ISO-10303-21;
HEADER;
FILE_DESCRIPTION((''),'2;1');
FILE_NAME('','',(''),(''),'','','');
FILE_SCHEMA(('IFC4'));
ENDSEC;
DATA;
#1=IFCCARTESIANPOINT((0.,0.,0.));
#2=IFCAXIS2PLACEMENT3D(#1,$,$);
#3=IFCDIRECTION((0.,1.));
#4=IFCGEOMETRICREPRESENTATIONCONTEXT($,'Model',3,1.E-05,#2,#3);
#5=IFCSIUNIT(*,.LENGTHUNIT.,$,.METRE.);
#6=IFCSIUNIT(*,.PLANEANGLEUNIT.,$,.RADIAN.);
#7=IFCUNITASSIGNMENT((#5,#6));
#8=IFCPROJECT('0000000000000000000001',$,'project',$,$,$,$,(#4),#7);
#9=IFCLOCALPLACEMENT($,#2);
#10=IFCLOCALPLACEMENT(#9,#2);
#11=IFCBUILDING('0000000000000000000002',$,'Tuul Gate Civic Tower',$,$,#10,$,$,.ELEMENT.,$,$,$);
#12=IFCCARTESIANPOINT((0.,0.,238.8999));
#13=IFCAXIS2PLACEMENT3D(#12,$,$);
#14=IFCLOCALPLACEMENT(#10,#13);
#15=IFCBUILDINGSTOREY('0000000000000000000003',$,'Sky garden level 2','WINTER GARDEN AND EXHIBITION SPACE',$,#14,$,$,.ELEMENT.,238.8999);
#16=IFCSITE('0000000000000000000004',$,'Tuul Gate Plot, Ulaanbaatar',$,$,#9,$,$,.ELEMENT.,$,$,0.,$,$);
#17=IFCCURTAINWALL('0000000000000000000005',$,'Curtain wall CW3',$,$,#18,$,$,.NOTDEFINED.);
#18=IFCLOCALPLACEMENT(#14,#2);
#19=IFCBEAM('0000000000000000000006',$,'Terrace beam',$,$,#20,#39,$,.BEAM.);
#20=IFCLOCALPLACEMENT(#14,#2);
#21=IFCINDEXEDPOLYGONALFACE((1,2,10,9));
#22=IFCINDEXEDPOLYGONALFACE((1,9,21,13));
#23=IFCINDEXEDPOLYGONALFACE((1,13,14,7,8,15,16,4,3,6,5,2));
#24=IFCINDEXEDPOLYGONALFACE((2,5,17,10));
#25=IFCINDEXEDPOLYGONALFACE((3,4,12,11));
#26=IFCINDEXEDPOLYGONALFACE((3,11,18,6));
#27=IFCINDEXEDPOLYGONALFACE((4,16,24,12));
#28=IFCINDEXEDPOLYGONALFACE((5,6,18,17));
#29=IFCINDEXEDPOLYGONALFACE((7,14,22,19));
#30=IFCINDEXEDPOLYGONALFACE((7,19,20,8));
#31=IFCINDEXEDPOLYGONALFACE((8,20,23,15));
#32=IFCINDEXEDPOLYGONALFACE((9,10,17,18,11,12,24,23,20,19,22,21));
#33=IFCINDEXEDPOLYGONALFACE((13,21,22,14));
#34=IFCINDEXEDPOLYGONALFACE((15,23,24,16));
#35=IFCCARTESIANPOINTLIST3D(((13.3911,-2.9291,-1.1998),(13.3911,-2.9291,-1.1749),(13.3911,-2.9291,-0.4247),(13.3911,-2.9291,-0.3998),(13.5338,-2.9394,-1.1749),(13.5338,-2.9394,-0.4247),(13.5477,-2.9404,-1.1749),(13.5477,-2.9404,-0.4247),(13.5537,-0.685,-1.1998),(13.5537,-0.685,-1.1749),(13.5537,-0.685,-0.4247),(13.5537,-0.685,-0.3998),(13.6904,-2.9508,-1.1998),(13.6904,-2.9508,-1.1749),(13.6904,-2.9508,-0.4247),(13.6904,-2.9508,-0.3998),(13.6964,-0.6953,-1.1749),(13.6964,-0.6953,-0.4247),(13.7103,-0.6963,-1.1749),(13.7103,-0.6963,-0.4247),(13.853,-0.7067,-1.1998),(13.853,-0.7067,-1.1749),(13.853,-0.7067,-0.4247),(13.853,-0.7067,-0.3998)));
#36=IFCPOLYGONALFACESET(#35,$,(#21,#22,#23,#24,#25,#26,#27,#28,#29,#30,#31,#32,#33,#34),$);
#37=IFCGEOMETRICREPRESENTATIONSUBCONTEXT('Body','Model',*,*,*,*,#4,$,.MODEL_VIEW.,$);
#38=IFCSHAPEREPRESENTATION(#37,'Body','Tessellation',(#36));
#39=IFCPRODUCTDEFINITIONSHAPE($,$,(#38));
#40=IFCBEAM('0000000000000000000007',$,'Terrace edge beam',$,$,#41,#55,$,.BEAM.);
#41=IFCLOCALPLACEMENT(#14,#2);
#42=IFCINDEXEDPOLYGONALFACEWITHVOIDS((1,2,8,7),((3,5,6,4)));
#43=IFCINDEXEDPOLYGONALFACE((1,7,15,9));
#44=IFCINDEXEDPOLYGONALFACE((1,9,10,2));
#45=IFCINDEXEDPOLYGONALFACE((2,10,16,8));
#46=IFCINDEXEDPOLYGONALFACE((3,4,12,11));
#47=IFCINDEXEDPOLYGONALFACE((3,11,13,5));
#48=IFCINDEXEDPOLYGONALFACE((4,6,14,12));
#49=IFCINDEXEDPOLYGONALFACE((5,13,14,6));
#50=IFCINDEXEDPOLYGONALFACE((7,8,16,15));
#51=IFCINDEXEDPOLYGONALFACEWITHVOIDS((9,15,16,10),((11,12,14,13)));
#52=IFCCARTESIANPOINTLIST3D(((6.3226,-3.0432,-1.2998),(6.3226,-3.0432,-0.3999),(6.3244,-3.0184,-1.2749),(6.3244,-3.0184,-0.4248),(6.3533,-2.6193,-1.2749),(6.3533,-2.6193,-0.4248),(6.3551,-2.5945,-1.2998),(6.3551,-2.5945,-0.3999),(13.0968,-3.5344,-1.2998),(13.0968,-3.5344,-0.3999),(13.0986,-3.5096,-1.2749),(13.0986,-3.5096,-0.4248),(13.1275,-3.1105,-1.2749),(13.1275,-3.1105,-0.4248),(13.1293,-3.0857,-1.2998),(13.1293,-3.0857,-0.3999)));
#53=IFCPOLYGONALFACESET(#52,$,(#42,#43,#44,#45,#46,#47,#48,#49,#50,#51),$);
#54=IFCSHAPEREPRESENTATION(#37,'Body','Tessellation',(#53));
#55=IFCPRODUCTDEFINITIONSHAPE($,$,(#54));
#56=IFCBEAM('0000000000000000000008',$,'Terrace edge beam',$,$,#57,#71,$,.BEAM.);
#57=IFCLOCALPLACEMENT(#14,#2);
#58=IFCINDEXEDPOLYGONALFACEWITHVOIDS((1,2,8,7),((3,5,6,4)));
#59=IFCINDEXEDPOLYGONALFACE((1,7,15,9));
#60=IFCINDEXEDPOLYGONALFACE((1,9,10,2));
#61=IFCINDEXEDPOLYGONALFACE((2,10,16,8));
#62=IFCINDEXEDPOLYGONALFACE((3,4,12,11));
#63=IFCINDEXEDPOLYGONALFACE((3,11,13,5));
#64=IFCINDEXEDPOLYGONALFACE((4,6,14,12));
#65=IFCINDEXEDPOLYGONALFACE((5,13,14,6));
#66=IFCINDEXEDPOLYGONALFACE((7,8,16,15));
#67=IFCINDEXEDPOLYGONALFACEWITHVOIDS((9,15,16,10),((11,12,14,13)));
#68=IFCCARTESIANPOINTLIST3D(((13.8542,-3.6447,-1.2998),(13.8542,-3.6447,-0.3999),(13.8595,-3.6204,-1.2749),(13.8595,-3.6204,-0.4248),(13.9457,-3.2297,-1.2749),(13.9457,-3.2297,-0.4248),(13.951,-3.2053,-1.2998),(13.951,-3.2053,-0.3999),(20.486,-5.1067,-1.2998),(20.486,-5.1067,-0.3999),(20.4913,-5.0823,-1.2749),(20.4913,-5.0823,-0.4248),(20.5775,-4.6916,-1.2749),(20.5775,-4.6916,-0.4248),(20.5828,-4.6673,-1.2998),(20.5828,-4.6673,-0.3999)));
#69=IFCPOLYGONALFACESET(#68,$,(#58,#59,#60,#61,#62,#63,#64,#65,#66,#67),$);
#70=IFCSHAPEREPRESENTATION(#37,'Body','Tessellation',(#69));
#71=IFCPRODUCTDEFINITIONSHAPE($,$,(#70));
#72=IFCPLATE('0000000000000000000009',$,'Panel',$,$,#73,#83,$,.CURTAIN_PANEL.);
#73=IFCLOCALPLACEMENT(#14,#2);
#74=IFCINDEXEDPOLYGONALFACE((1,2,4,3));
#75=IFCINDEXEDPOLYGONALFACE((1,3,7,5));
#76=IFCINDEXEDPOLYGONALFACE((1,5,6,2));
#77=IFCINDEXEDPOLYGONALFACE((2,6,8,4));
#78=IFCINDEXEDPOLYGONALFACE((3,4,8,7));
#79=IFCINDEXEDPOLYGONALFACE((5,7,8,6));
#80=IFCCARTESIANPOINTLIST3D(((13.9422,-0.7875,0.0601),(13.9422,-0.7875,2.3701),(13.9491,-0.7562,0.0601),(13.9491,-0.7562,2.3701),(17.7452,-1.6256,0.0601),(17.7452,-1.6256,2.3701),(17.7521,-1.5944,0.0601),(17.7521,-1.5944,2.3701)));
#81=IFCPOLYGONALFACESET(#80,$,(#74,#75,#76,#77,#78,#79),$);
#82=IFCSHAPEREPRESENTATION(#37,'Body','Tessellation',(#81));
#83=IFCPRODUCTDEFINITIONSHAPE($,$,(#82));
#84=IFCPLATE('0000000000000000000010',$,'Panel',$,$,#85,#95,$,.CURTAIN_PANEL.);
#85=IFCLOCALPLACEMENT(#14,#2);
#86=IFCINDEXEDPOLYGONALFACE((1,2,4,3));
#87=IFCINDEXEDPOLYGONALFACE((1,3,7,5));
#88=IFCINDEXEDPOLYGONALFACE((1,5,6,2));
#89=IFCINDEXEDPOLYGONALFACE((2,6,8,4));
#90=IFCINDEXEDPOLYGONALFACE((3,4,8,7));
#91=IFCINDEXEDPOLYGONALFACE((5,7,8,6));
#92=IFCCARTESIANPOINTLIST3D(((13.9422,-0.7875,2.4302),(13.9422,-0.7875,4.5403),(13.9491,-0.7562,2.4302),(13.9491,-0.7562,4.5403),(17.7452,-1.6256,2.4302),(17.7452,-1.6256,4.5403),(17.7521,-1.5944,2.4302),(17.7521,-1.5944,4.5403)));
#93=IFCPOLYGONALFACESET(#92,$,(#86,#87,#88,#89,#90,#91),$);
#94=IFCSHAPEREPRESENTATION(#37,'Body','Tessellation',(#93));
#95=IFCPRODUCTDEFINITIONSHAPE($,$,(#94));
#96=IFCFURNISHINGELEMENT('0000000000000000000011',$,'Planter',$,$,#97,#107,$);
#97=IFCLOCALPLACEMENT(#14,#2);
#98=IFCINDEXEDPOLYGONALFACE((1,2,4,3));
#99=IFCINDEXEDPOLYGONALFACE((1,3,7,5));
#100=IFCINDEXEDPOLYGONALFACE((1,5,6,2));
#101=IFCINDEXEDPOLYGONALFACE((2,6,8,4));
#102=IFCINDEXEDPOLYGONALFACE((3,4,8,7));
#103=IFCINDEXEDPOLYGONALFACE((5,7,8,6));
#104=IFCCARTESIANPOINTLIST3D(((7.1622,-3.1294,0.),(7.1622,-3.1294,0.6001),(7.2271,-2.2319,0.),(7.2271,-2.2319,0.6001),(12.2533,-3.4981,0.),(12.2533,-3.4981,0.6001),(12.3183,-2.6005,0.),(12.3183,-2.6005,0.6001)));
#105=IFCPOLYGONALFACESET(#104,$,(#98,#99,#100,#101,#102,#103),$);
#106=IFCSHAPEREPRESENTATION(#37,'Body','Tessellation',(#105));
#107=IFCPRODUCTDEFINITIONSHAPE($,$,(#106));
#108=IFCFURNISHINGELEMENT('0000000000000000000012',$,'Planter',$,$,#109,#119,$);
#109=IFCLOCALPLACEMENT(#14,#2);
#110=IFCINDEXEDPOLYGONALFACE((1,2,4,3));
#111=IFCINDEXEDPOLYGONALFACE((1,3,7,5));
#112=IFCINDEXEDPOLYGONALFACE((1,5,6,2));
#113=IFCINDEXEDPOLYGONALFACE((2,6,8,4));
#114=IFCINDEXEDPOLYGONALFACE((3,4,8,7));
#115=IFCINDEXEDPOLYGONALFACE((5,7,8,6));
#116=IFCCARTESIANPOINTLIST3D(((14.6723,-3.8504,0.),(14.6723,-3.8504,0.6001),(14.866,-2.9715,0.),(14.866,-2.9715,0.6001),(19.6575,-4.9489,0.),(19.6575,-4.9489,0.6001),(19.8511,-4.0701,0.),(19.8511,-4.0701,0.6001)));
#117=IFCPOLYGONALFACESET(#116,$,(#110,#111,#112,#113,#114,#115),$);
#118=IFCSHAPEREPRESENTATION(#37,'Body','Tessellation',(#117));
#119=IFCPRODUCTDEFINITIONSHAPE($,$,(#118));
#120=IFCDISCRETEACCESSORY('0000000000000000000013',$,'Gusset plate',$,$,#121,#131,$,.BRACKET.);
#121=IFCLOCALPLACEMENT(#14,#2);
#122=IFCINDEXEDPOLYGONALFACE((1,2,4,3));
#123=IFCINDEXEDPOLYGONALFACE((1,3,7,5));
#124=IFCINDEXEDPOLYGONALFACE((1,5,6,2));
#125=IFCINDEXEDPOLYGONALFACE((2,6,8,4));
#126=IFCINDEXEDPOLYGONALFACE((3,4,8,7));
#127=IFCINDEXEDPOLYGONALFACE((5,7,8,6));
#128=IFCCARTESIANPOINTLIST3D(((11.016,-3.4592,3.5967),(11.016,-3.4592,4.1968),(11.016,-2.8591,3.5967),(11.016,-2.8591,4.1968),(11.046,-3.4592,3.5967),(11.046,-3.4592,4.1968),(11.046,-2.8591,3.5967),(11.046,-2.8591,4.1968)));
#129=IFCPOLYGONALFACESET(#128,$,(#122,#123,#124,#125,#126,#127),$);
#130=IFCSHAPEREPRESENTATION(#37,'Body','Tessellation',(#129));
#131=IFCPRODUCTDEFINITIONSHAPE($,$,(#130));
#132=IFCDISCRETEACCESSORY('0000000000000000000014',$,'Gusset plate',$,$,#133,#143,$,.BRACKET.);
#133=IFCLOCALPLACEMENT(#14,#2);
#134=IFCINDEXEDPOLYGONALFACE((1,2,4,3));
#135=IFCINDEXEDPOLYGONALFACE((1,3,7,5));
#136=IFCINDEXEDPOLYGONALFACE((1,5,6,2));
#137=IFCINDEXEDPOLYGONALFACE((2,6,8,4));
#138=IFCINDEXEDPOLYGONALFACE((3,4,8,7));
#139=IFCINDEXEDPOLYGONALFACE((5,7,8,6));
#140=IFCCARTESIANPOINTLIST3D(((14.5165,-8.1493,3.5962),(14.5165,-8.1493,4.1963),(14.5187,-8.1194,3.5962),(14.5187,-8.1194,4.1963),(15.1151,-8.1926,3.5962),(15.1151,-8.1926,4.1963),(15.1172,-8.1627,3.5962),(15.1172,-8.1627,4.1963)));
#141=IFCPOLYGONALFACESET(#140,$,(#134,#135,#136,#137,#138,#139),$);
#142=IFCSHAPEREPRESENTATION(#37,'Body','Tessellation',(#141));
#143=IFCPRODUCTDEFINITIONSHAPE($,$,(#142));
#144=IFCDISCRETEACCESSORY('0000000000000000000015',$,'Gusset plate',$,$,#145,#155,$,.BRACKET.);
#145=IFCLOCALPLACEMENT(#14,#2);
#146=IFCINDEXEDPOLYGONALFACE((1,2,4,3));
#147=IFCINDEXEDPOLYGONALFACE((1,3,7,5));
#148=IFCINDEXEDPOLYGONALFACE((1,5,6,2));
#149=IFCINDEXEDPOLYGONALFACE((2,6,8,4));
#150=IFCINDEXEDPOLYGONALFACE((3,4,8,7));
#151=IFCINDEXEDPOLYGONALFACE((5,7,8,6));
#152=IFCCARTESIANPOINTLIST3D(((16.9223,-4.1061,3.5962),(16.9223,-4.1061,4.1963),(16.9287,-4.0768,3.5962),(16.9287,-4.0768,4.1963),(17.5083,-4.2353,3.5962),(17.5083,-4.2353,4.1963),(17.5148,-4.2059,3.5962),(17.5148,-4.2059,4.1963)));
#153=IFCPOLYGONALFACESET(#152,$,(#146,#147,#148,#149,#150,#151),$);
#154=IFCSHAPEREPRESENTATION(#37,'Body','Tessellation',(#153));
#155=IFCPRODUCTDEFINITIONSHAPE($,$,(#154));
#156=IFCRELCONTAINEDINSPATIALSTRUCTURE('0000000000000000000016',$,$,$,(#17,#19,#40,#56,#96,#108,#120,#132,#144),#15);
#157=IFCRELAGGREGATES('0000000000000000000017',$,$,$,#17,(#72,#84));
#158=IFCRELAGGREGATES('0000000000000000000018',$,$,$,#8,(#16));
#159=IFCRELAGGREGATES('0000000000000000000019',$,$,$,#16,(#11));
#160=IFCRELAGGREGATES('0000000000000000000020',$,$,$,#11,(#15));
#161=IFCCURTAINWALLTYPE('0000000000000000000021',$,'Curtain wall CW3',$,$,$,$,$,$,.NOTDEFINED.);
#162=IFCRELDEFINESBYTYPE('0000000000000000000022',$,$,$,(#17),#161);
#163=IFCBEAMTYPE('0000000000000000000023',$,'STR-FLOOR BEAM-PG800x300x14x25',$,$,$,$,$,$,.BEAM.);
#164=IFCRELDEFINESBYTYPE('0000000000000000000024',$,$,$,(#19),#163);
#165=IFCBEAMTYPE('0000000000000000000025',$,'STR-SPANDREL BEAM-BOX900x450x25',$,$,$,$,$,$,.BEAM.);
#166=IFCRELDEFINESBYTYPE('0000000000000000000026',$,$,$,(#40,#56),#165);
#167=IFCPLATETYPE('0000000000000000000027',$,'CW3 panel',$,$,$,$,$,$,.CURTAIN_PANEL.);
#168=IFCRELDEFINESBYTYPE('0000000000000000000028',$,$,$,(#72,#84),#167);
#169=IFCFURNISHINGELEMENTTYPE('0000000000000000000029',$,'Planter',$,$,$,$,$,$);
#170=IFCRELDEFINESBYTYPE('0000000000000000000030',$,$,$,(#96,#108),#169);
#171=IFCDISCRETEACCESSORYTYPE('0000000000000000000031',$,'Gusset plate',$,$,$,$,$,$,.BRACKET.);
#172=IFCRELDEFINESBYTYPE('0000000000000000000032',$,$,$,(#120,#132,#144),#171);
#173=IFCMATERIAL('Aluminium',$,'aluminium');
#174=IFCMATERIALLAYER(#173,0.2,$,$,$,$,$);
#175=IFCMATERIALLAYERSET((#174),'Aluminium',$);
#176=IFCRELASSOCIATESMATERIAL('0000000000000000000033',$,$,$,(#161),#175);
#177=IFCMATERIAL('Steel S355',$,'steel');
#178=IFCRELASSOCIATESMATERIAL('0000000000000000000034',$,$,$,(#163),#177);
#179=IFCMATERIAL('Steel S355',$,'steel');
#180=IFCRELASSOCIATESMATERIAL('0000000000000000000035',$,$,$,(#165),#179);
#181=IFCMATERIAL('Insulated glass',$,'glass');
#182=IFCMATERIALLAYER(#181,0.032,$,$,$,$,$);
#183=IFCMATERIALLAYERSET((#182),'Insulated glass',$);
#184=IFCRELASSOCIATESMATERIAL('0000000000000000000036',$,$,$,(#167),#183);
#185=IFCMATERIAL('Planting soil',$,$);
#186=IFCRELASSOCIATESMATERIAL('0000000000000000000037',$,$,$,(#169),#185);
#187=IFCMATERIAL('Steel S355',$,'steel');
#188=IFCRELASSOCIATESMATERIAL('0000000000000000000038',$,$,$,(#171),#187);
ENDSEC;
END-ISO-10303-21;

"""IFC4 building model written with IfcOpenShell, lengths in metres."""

from ifc_helpers import new_model, si_unit, direction, frame, origin, origin_2d, place, context, subcontext, project, spatial, rectangle, hollow_rectangle, i_section, extrude, material, layer, layer_set, material_profile, profile_set, type_object, element, aggregate, save


model = new_model("IFC4")

# Units and contexts
model_context = context("Model", 3, precision=1e-05, world=origin(), true_north=direction((0.0, 1.0)))
body_context = subcontext(model_context, "Body", "Model", "MODEL_VIEW")
ifc_project = project(units=[si_unit("LENGTHUNIT", "METRE"), si_unit("PLANEANGLEUNIT", "RADIAN")], contexts=[model_context])

# Site, building, storey
site_placement = place(None, origin())
site = spatial("IfcSite", under=ifc_project, at=site_placement, Name="Tuul Gate Plot, Ulaanbaatar", CompositionType="ELEMENT", RefElevation=0.0)
building_placement = place(site_placement, origin())
building = spatial("IfcBuilding", under=site, at=building_placement, Name="Tuul Gate Civic Tower", CompositionType="ELEMENT")
storey_placement = place(building_placement, frame((0.0, 0.0, 238.8999)))
storey = spatial("IfcBuildingStorey", under=building, at=storey_placement, Name="Sky garden level 2", Description="WINTER GARDEN AND EXHIBITION SPACE", CompositionType="ELEMENT", Elevation=238.8999)

# Curtain wall
ifc_material_1 = material(Name="Aluminium", Category="aluminium")
ifc_layer_1 = layer(ifc_material_1, 0.2)
ifc_layer_set_1 = layer_set([ifc_layer_1], Name="Aluminium")
curtain_wall_type = type_object("IfcCurtainWallType", Name="Curtain wall CW3", PredefinedType="NOTDEFINED", material=ifc_layer_set_1)
curtain_wall_placement = place(storey_placement, origin())
curtain_wall = element("IfcCurtainWall", 1, at=curtain_wall_placement, inside=storey, type_object=curtain_wall_type, Name="Curtain wall CW3", PredefinedType="NOTDEFINED")

# Beams
ifc_material_2 = material(Name="Steel S355", Category="steel")
ifc_material_profile_1 = material_profile(ifc_material_2, i_section(OverallWidth=0.3, OverallDepth=0.8, WebThickness=0.0139, FlangeThickness=0.0249, at=origin_2d()), Name="PG800x300x14x25")
ifc_profile_set_1 = profile_set([ifc_material_profile_1], Name="Steel S355")
beam_type_1 = type_object("IfcBeamType", Name="STR-FLOOR BEAM-PG800x300x14x25", PredefinedType="BEAM", material=ifc_profile_set_1)
beam_1_placement = place(storey_placement, frame((13.5408, -2.9399, -0.7998), z_axis=(0.072265, 0.997385, 0.0), x_axis=(-0.997385, 0.072265, 0.0)))
element("IfcBeam", 2, at=beam_1_placement, inside=storey, type_object=beam_type_1, Name="Terrace beam", PredefinedType="BEAM", context=body_context, shape_type="SweptSolid", body=[
    extrude(i_section(OverallWidth=0.3, OverallDepth=0.8, WebThickness=0.0139, FlangeThickness=0.0249, at=origin_2d()), origin(), (0.0, 0.0, 1.0), 2.25),
])
ifc_material_3 = material(Name="Steel S355", Category="steel")
ifc_material_profile_2 = material_profile(ifc_material_3, hollow_rectangle(XDim=0.45, YDim=0.8999, WallThickness=0.0249, at=origin_2d()), Name="BOX900x450x25")
ifc_profile_set_2 = profile_set([ifc_material_profile_2], Name="Steel S355")
beam_type_2 = type_object("IfcBeamType", Name="STR-SPANDREL BEAM-BOX900x450x25", PredefinedType="BEAM", material=ifc_profile_set_2)
beam_2_placement = place(storey_placement, frame((6.3389, -2.8188, -0.8499), z_axis=(0.997381, -0.072322, 0.0), x_axis=(0.072322, 0.997381, 0.0)))
element("IfcBeam", 3, at=beam_2_placement, inside=storey, type_object=beam_type_2, Name="Terrace edge beam", PredefinedType="BEAM", context=body_context, shape_type="SweptSolid", body=[
    extrude(hollow_rectangle(XDim=0.45, YDim=0.8999, WallThickness=0.0249, at=origin_2d()), origin(), (0.0, 0.0, 1.0), 6.792),
])
beam_3_placement = place(storey_placement, frame((13.9026, -3.425, -0.8499), z_axis=(0.976554, -0.215271, 0.0), x_axis=(0.215271, 0.976554, 0.0)))
element("IfcBeam", 4, at=beam_3_placement, inside=storey, type_object=beam_type_2, Name="Terrace edge beam", PredefinedType="BEAM", context=body_context, shape_type="SweptSolid", body=[
    extrude(hollow_rectangle(XDim=0.45, YDim=0.8999, WallThickness=0.0249, at=origin_2d()), origin(), (0.0, 0.0, 1.0), 6.791),
])

# Plates
ifc_material_4 = material(Name="Insulated glass", Category="glass")
ifc_layer_2 = layer(ifc_material_4, 0.032)
ifc_layer_set_2 = layer_set([ifc_layer_2], Name="Insulated glass")
plate_type = type_object("IfcPlateType", Name="CW3 panel", PredefinedType="CURTAIN_PANEL", material=ifc_layer_set_2)
plate_1_placement = place(storey_placement, frame((15.8472, -1.1909, 0.0601), z_axis=(0.0, 0.0, 1.0), x_axis=(0.976566, -0.215216, 0.0)))
plate_1 = element("IfcPlate", 5, at=plate_1_placement, type_object=plate_type, Name="Panel", PredefinedType="CURTAIN_PANEL", context=body_context, shape_type="SweptSolid", body=[
    extrude(rectangle(XDim=3.8943, YDim=0.032, at=origin_2d()), origin(), (0.0, 0.0, 1.0), 2.3101),
])
plate_2_placement = place(storey_placement, frame((15.8472, -1.1909, 2.4302), z_axis=(0.0, 0.0, 1.0), x_axis=(0.976566, -0.215216, 0.0)))
plate_2 = element("IfcPlate", 6, at=plate_2_placement, type_object=plate_type, Name="Panel", PredefinedType="CURTAIN_PANEL", context=body_context, shape_type="SweptSolid", body=[
    extrude(rectangle(XDim=3.8943, YDim=0.032, at=origin_2d()), origin(), (0.0, 0.0, 1.0), 2.1101),
])
aggregate(curtain_wall, [plate_1, plate_2])

# Furnishing elements
ifc_material_5 = material(Name="Planting soil")
furnishing_element_type = type_object("IfcFurnishingElementType", Name="Planter", material=ifc_material_5)
furnishing_1_placement = place(storey_placement, frame((9.7402, -2.865, 0.0), z_axis=(0.0, 0.0, 1.0), x_axis=(0.997389, -0.072222, 0.0)))
element("IfcFurnishingElement", 7, at=furnishing_1_placement, inside=storey, type_object=furnishing_element_type, Name="Planter", context=body_context, shape_type="SweptSolid", body=[
    extrude(rectangle(XDim=5.1045, YDim=0.8999, at=origin_2d()), origin(), (0.0, 0.0, 1.0), 0.6001),
])
furnishing_2_placement = place(storey_placement, frame((17.2617, -3.9602, 0.0), z_axis=(0.0, 0.0, 1.0), x_axis=(0.976571, -0.215195, 0.0)))
element("IfcFurnishingElement", 8, at=furnishing_2_placement, inside=storey, type_object=furnishing_element_type, Name="Planter", context=body_context, shape_type="SweptSolid", body=[
    extrude(rectangle(XDim=5.1047, YDim=0.8999, at=origin_2d()), origin(), (0.0, 0.0, 1.0), 0.6001),
])

# Discrete accessories
ifc_material_6 = material(Name="Steel S355", Category="steel")
discrete_accessory_type = type_object("IfcDiscreteAccessoryType", Name="Gusset plate", PredefinedType="BRACKET", material=ifc_material_6)
for number, where, z_axis, x_axis, name in (
    (9, (11.031, -3.1592, 3.5967), (0.0, 0.0, 1.0), (0.0, 1.0, 0.0), "Gusset plate"),
    (10, (14.8169, -8.156, 3.5962), (0.0, 0.0, 1.0), (-0.997391, 0.072183, 0.0), "Gusset plate"),
    (11, (17.2185, -4.156, 3.5962), (0.0, 0.0, 1.0), (-0.976558, 0.215256, 0.0), "Gusset plate"),
):
    element("IfcDiscreteAccessory", number, at=place(storey_placement, frame(where, z_axis=z_axis, x_axis=x_axis)), inside=storey, type_object=discrete_accessory_type, Name=name, PredefinedType="BRACKET", context=body_context, shape_type="SweptSolid", body=[
        extrude(rectangle(XDim=0.6001, YDim=0.03, at=origin_2d()), origin(), (0.0, 0.0, 1.0), 0.6001),
    ])

save(model, "model.ifc")
